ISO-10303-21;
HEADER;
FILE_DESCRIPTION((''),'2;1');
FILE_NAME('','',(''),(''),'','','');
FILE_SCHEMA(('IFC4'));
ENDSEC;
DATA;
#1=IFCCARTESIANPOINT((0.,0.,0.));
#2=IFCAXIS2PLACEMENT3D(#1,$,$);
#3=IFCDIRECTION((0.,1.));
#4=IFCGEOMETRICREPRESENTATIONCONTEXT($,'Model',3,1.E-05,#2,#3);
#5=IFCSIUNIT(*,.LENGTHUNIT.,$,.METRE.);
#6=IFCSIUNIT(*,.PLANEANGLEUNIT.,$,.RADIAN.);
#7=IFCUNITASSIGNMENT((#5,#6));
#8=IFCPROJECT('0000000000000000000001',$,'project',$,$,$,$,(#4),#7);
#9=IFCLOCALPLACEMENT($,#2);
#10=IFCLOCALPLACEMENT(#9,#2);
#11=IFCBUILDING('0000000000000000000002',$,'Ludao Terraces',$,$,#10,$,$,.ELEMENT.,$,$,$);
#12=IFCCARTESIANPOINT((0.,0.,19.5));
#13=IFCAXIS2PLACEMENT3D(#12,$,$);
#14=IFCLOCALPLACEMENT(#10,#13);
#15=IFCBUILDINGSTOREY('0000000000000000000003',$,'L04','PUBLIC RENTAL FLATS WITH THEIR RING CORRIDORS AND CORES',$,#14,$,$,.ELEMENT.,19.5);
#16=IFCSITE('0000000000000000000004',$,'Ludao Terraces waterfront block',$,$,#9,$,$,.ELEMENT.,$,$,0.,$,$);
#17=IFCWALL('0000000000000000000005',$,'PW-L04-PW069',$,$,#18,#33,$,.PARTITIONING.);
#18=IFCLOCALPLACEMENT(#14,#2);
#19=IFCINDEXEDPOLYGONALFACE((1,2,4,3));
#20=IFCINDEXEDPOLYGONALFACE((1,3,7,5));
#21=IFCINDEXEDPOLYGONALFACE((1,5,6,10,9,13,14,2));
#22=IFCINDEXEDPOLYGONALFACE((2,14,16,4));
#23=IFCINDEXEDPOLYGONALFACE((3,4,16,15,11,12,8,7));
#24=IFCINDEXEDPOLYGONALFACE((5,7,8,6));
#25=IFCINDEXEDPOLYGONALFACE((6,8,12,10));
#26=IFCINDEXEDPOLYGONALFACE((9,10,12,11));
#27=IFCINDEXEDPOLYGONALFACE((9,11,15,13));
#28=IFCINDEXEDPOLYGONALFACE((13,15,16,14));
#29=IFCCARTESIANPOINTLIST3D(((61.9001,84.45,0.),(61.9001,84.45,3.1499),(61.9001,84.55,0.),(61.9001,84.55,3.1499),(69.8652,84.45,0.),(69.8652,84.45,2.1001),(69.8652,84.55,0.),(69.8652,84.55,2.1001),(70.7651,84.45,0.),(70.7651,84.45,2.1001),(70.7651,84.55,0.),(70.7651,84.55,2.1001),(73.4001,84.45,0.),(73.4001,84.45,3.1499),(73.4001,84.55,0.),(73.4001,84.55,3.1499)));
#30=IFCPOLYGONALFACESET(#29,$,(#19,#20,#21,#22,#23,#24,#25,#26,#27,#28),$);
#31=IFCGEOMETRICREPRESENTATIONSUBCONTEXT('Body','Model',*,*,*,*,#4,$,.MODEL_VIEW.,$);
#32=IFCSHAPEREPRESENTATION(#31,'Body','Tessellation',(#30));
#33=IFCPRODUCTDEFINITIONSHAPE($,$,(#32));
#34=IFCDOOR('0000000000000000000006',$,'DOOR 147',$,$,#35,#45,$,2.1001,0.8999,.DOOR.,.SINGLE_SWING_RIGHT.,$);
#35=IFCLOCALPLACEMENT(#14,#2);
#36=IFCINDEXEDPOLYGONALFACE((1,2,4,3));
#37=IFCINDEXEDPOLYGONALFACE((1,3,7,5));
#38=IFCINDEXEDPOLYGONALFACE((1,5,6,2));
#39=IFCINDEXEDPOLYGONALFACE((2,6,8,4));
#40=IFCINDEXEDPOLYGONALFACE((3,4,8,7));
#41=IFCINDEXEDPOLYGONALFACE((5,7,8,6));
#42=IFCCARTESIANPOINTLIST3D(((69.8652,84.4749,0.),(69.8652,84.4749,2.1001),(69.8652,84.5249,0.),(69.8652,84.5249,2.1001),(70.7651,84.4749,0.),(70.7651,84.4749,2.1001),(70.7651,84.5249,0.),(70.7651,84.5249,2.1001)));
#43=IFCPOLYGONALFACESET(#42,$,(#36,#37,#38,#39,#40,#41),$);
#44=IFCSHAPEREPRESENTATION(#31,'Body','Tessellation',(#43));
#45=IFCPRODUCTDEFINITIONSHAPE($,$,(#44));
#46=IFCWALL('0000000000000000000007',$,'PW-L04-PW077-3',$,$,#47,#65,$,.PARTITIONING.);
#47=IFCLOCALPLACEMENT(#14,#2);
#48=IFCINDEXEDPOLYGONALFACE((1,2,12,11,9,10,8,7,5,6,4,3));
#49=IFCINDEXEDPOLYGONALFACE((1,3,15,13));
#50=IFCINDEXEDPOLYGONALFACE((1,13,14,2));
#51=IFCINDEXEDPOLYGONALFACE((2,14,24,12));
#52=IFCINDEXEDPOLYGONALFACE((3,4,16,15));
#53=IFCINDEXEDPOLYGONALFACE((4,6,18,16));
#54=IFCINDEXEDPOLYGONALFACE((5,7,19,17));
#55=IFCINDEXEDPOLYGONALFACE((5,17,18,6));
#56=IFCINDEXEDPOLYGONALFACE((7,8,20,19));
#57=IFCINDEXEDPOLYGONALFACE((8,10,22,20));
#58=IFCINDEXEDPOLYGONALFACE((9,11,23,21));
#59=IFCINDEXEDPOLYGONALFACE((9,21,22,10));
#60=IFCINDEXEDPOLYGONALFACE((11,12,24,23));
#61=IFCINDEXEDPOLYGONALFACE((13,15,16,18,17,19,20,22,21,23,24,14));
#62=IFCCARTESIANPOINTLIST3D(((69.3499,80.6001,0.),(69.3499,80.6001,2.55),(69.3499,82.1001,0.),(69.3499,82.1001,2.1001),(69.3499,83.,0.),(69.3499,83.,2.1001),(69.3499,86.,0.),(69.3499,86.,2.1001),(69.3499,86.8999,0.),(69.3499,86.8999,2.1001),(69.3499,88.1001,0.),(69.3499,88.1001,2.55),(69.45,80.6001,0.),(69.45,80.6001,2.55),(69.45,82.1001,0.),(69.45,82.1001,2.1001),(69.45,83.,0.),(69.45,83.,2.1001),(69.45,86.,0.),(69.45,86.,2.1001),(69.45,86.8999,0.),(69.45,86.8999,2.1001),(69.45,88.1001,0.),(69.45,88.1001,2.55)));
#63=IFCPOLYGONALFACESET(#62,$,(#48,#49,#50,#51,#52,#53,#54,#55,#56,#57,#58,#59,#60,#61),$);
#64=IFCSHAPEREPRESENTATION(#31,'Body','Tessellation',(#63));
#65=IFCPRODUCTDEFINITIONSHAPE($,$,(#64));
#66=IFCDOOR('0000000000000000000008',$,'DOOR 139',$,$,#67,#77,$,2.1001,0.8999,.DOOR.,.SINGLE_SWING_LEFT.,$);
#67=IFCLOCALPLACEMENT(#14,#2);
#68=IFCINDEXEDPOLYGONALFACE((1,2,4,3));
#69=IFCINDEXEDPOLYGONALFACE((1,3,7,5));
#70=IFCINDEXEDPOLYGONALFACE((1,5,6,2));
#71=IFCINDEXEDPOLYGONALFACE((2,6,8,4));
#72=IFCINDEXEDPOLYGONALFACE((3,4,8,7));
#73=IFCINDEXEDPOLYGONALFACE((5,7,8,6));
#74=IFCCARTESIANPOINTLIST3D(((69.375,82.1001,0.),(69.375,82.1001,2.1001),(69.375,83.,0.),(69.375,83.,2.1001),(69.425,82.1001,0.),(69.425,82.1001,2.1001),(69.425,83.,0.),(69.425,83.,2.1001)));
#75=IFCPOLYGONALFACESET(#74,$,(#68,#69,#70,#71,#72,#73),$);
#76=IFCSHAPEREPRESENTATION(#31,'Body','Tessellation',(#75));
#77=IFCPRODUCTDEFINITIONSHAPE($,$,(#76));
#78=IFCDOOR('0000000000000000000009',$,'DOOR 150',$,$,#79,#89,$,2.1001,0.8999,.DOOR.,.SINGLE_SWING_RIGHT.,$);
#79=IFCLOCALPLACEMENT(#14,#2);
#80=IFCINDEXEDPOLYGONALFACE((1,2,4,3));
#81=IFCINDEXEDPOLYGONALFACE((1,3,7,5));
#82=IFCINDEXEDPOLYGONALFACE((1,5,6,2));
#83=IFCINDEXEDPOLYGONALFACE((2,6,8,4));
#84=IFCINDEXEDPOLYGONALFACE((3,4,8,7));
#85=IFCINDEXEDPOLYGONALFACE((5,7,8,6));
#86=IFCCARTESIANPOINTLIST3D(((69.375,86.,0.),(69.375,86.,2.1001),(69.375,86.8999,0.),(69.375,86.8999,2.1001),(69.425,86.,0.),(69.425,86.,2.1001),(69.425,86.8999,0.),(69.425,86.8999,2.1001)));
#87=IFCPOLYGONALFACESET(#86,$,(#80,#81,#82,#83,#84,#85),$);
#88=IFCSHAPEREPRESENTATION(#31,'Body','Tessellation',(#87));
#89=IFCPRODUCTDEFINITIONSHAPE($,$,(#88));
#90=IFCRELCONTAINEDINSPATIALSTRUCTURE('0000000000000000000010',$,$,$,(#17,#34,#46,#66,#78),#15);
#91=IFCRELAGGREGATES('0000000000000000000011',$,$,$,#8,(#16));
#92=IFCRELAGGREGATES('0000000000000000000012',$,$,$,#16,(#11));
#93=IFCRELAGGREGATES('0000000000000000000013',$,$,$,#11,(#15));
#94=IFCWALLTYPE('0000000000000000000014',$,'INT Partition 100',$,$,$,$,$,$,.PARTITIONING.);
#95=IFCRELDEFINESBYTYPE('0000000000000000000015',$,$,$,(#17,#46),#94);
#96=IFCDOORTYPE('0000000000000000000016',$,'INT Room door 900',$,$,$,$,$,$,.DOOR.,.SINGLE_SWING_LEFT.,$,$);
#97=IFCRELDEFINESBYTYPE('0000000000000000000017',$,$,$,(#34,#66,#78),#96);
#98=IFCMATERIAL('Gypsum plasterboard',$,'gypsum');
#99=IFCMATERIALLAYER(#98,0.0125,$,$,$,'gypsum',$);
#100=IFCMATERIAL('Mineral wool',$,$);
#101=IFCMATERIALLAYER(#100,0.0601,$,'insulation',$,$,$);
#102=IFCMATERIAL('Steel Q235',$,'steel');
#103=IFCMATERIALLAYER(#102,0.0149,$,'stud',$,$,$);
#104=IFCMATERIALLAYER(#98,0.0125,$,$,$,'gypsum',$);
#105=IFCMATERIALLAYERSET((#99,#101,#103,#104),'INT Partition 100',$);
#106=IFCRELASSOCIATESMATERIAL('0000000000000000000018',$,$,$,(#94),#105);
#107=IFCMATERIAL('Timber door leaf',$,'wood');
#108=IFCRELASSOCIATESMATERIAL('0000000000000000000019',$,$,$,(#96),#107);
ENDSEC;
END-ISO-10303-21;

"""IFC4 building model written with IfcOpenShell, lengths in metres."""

from ifc_helpers import new_model, si_unit, direction, frame, frame_2d, origin, place, context, subcontext, project, spatial, rectangle, extrude, material, layer, layer_set, type_object, element, fill, save


model = new_model("IFC4")

# Units and contexts
model_context = context("Model", 3, precision=1e-05, world=origin(), true_north=direction((0.0, 1.0)))
body_context = subcontext(model_context, "Body", "Model", "MODEL_VIEW")
ifc_project = project(units=[si_unit("LENGTHUNIT", "METRE"), si_unit("PLANEANGLEUNIT", "RADIAN")], contexts=[model_context])

# Site, building, storey
site_placement = place(None, origin())
site = spatial("IfcSite", under=ifc_project, at=site_placement, Name="Ludao Terraces waterfront block", CompositionType="ELEMENT", RefElevation=0.0)
building_placement = place(site_placement, origin())
building = spatial("IfcBuilding", under=site, at=building_placement, Name="Ludao Terraces", CompositionType="ELEMENT")
storey_placement = place(building_placement, frame((0.0, 0.0, 19.5)))
storey = spatial("IfcBuildingStorey", under=building, at=storey_placement, Name="L04", Description="PUBLIC RENTAL FLATS WITH THEIR RING CORRIDORS AND CORES", CompositionType="ELEMENT", Elevation=19.5)

# Shared definitions
ifc_material_1 = material(Name="Mineral wool")

# Shared definitions
ifc_material_2 = material(Name="Gypsum plasterboard", Category="gypsum")
ifc_layer_1 = layer(ifc_material_2, 0.0125, Category="gypsum")
ifc_layer_2 = layer(ifc_material_1, 0.0601, Name="insulation")
ifc_material_3 = material(Name="Steel Q235", Category="steel")
ifc_layer_3 = layer(ifc_material_3, 0.0149, Name="stud")
ifc_layer_4 = layer(ifc_material_2, 0.0125, Category="gypsum")
ifc_layer_set_1 = layer_set([ifc_layer_1, ifc_layer_2, ifc_layer_3, ifc_layer_4], Name="INT Partition 100")
wall_type_1 = type_object("IfcWallType", Name="INT Partition 100", PredefinedType="PARTITIONING", material=ifc_layer_set_1)

# Wall, opening, door
wall_1_placement = place(storey_placement, frame((61.9001, 84.5, 0.0), z_axis=(0.0, 0.0, 1.0), x_axis=(1.0, 0.0, 0.0)))
wall_1 = element("IfcWall", 1, at=wall_1_placement, inside=storey, type_object=wall_type_1, Name="PW-L04-PW069", PredefinedType="PARTITIONING", context=body_context, shape_type="SweptSolid", body=[
    extrude(rectangle(XDim=11.5, YDim=0.1001, at=frame_2d((5.75, 0.0))), origin(), (0.0, 0.0, 1.0), 3.1499),
])
opening_1_placement = place(wall_1_placement, frame((7.9651, 0.0, 0.0)))
opening_1 = element("IfcOpeningElement", 2, at=opening_1_placement, cuts=wall_1, PredefinedType="OPENING", context=body_context, shape_type="SweptSolid", body=[
    extrude(rectangle(XDim=0.8999, YDim=2.1001, at=frame_2d((0.45, 1.05))), frame((0.0, 0.0601, 0.0), z_axis=(0.0, -1.0, 0.0), x_axis=(1.0, 0.0, 0.0)), (0.0, 0.0, 1.0), 0.1201),
])
ifc_material_4 = material(Name="Timber door leaf", Category="wood")
door_type = type_object("IfcDoorType", Name="INT Room door 900", OperationType="SINGLE_SWING_LEFT", PredefinedType="DOOR", material=ifc_material_4)
door_1_placement = place(opening_1_placement, origin())
door_1 = element("IfcDoor", 3, at=door_1_placement, inside=storey, type_object=door_type, Name="DOOR 147", OperationType="SINGLE_SWING_RIGHT", OverallHeight=2.1001, OverallWidth=0.8999, PredefinedType="DOOR", context=body_context, shape_type="SweptSolid", body=[
    extrude(rectangle(XDim=0.8999, YDim=2.1001, at=frame_2d((0.45, 1.05))), frame((0.0, 0.0249, 0.0), z_axis=(0.0, -1.0, 0.0), x_axis=(1.0, 0.0, 0.0)), (0.0, 0.0, 1.0), 0.05),
])
fill(opening_1, door_1)

# Wall, openings, doors
wall_2_placement = place(storey_placement, frame((69.3999, 80.6001, 0.0), z_axis=(0.0, 0.0, 1.0), x_axis=(0.0, 1.0, 0.0)))
wall_2 = element("IfcWall", 4, at=wall_2_placement, inside=storey, type_object=wall_type_1, Name="PW-L04-PW077-3", PredefinedType="PARTITIONING", context=body_context, shape_type="SweptSolid", body=[
    extrude(rectangle(XDim=7.5, YDim=0.1001, at=frame_2d((3.75, 0.0))), origin(), (0.0, 0.0, 1.0), 2.55),
])
opening_2_placement = place(wall_2_placement, frame((1.5, 0.0, 0.0)))
opening_2 = element("IfcOpeningElement", 5, at=opening_2_placement, cuts=wall_2, PredefinedType="OPENING", context=body_context, shape_type="SweptSolid", body=[
    extrude(rectangle(XDim=0.8999, YDim=2.1001, at=frame_2d((0.45, 1.05))), frame((0.0, 0.0601, 0.0), z_axis=(0.0, -1.0, 0.0), x_axis=(1.0, 0.0, 0.0)), (0.0, 0.0, 1.0), 0.1201),
])
opening_3_placement = place(wall_2_placement, frame((5.3999, 0.0, 0.0)))
opening_3 = element("IfcOpeningElement", 6, at=opening_3_placement, cuts=wall_2, PredefinedType="OPENING", context=body_context, shape_type="SweptSolid", body=[
    extrude(rectangle(XDim=0.8999, YDim=2.1001, at=frame_2d((0.45, 1.05))), frame((0.0, 0.0601, 0.0), z_axis=(0.0, -1.0, 0.0), x_axis=(1.0, 0.0, 0.0)), (0.0, 0.0, 1.0), 0.1201),
])
door_2_placement = place(opening_2_placement, origin())
door_2 = element("IfcDoor", 7, at=door_2_placement, inside=storey, type_object=door_type, Name="DOOR 139", OperationType="SINGLE_SWING_LEFT", OverallHeight=2.1001, OverallWidth=0.8999, PredefinedType="DOOR", context=body_context, shape_type="SweptSolid", body=[
    extrude(rectangle(XDim=0.8999, YDim=2.1001, at=frame_2d((0.45, 1.05))), frame((0.0, 0.0249, 0.0), z_axis=(0.0, -1.0, 0.0), x_axis=(1.0, 0.0, 0.0)), (0.0, 0.0, 1.0), 0.05),
])
fill(opening_2, door_2)
door_3_placement = place(opening_3_placement, origin())
door_3 = element("IfcDoor", 8, at=door_3_placement, inside=storey, type_object=door_type, Name="DOOR 150", OperationType="SINGLE_SWING_RIGHT", OverallHeight=2.1001, OverallWidth=0.8999, PredefinedType="DOOR", context=body_context, shape_type="SweptSolid", body=[
    extrude(rectangle(XDim=0.8999, YDim=2.1001, at=frame_2d((0.45, 1.05))), frame((0.0, 0.0249, 0.0), z_axis=(0.0, -1.0, 0.0), x_axis=(1.0, 0.0, 0.0)), (0.0, 0.0, 1.0), 0.05),
])
fill(opening_3, door_3)

save(model, "model.ifc")
